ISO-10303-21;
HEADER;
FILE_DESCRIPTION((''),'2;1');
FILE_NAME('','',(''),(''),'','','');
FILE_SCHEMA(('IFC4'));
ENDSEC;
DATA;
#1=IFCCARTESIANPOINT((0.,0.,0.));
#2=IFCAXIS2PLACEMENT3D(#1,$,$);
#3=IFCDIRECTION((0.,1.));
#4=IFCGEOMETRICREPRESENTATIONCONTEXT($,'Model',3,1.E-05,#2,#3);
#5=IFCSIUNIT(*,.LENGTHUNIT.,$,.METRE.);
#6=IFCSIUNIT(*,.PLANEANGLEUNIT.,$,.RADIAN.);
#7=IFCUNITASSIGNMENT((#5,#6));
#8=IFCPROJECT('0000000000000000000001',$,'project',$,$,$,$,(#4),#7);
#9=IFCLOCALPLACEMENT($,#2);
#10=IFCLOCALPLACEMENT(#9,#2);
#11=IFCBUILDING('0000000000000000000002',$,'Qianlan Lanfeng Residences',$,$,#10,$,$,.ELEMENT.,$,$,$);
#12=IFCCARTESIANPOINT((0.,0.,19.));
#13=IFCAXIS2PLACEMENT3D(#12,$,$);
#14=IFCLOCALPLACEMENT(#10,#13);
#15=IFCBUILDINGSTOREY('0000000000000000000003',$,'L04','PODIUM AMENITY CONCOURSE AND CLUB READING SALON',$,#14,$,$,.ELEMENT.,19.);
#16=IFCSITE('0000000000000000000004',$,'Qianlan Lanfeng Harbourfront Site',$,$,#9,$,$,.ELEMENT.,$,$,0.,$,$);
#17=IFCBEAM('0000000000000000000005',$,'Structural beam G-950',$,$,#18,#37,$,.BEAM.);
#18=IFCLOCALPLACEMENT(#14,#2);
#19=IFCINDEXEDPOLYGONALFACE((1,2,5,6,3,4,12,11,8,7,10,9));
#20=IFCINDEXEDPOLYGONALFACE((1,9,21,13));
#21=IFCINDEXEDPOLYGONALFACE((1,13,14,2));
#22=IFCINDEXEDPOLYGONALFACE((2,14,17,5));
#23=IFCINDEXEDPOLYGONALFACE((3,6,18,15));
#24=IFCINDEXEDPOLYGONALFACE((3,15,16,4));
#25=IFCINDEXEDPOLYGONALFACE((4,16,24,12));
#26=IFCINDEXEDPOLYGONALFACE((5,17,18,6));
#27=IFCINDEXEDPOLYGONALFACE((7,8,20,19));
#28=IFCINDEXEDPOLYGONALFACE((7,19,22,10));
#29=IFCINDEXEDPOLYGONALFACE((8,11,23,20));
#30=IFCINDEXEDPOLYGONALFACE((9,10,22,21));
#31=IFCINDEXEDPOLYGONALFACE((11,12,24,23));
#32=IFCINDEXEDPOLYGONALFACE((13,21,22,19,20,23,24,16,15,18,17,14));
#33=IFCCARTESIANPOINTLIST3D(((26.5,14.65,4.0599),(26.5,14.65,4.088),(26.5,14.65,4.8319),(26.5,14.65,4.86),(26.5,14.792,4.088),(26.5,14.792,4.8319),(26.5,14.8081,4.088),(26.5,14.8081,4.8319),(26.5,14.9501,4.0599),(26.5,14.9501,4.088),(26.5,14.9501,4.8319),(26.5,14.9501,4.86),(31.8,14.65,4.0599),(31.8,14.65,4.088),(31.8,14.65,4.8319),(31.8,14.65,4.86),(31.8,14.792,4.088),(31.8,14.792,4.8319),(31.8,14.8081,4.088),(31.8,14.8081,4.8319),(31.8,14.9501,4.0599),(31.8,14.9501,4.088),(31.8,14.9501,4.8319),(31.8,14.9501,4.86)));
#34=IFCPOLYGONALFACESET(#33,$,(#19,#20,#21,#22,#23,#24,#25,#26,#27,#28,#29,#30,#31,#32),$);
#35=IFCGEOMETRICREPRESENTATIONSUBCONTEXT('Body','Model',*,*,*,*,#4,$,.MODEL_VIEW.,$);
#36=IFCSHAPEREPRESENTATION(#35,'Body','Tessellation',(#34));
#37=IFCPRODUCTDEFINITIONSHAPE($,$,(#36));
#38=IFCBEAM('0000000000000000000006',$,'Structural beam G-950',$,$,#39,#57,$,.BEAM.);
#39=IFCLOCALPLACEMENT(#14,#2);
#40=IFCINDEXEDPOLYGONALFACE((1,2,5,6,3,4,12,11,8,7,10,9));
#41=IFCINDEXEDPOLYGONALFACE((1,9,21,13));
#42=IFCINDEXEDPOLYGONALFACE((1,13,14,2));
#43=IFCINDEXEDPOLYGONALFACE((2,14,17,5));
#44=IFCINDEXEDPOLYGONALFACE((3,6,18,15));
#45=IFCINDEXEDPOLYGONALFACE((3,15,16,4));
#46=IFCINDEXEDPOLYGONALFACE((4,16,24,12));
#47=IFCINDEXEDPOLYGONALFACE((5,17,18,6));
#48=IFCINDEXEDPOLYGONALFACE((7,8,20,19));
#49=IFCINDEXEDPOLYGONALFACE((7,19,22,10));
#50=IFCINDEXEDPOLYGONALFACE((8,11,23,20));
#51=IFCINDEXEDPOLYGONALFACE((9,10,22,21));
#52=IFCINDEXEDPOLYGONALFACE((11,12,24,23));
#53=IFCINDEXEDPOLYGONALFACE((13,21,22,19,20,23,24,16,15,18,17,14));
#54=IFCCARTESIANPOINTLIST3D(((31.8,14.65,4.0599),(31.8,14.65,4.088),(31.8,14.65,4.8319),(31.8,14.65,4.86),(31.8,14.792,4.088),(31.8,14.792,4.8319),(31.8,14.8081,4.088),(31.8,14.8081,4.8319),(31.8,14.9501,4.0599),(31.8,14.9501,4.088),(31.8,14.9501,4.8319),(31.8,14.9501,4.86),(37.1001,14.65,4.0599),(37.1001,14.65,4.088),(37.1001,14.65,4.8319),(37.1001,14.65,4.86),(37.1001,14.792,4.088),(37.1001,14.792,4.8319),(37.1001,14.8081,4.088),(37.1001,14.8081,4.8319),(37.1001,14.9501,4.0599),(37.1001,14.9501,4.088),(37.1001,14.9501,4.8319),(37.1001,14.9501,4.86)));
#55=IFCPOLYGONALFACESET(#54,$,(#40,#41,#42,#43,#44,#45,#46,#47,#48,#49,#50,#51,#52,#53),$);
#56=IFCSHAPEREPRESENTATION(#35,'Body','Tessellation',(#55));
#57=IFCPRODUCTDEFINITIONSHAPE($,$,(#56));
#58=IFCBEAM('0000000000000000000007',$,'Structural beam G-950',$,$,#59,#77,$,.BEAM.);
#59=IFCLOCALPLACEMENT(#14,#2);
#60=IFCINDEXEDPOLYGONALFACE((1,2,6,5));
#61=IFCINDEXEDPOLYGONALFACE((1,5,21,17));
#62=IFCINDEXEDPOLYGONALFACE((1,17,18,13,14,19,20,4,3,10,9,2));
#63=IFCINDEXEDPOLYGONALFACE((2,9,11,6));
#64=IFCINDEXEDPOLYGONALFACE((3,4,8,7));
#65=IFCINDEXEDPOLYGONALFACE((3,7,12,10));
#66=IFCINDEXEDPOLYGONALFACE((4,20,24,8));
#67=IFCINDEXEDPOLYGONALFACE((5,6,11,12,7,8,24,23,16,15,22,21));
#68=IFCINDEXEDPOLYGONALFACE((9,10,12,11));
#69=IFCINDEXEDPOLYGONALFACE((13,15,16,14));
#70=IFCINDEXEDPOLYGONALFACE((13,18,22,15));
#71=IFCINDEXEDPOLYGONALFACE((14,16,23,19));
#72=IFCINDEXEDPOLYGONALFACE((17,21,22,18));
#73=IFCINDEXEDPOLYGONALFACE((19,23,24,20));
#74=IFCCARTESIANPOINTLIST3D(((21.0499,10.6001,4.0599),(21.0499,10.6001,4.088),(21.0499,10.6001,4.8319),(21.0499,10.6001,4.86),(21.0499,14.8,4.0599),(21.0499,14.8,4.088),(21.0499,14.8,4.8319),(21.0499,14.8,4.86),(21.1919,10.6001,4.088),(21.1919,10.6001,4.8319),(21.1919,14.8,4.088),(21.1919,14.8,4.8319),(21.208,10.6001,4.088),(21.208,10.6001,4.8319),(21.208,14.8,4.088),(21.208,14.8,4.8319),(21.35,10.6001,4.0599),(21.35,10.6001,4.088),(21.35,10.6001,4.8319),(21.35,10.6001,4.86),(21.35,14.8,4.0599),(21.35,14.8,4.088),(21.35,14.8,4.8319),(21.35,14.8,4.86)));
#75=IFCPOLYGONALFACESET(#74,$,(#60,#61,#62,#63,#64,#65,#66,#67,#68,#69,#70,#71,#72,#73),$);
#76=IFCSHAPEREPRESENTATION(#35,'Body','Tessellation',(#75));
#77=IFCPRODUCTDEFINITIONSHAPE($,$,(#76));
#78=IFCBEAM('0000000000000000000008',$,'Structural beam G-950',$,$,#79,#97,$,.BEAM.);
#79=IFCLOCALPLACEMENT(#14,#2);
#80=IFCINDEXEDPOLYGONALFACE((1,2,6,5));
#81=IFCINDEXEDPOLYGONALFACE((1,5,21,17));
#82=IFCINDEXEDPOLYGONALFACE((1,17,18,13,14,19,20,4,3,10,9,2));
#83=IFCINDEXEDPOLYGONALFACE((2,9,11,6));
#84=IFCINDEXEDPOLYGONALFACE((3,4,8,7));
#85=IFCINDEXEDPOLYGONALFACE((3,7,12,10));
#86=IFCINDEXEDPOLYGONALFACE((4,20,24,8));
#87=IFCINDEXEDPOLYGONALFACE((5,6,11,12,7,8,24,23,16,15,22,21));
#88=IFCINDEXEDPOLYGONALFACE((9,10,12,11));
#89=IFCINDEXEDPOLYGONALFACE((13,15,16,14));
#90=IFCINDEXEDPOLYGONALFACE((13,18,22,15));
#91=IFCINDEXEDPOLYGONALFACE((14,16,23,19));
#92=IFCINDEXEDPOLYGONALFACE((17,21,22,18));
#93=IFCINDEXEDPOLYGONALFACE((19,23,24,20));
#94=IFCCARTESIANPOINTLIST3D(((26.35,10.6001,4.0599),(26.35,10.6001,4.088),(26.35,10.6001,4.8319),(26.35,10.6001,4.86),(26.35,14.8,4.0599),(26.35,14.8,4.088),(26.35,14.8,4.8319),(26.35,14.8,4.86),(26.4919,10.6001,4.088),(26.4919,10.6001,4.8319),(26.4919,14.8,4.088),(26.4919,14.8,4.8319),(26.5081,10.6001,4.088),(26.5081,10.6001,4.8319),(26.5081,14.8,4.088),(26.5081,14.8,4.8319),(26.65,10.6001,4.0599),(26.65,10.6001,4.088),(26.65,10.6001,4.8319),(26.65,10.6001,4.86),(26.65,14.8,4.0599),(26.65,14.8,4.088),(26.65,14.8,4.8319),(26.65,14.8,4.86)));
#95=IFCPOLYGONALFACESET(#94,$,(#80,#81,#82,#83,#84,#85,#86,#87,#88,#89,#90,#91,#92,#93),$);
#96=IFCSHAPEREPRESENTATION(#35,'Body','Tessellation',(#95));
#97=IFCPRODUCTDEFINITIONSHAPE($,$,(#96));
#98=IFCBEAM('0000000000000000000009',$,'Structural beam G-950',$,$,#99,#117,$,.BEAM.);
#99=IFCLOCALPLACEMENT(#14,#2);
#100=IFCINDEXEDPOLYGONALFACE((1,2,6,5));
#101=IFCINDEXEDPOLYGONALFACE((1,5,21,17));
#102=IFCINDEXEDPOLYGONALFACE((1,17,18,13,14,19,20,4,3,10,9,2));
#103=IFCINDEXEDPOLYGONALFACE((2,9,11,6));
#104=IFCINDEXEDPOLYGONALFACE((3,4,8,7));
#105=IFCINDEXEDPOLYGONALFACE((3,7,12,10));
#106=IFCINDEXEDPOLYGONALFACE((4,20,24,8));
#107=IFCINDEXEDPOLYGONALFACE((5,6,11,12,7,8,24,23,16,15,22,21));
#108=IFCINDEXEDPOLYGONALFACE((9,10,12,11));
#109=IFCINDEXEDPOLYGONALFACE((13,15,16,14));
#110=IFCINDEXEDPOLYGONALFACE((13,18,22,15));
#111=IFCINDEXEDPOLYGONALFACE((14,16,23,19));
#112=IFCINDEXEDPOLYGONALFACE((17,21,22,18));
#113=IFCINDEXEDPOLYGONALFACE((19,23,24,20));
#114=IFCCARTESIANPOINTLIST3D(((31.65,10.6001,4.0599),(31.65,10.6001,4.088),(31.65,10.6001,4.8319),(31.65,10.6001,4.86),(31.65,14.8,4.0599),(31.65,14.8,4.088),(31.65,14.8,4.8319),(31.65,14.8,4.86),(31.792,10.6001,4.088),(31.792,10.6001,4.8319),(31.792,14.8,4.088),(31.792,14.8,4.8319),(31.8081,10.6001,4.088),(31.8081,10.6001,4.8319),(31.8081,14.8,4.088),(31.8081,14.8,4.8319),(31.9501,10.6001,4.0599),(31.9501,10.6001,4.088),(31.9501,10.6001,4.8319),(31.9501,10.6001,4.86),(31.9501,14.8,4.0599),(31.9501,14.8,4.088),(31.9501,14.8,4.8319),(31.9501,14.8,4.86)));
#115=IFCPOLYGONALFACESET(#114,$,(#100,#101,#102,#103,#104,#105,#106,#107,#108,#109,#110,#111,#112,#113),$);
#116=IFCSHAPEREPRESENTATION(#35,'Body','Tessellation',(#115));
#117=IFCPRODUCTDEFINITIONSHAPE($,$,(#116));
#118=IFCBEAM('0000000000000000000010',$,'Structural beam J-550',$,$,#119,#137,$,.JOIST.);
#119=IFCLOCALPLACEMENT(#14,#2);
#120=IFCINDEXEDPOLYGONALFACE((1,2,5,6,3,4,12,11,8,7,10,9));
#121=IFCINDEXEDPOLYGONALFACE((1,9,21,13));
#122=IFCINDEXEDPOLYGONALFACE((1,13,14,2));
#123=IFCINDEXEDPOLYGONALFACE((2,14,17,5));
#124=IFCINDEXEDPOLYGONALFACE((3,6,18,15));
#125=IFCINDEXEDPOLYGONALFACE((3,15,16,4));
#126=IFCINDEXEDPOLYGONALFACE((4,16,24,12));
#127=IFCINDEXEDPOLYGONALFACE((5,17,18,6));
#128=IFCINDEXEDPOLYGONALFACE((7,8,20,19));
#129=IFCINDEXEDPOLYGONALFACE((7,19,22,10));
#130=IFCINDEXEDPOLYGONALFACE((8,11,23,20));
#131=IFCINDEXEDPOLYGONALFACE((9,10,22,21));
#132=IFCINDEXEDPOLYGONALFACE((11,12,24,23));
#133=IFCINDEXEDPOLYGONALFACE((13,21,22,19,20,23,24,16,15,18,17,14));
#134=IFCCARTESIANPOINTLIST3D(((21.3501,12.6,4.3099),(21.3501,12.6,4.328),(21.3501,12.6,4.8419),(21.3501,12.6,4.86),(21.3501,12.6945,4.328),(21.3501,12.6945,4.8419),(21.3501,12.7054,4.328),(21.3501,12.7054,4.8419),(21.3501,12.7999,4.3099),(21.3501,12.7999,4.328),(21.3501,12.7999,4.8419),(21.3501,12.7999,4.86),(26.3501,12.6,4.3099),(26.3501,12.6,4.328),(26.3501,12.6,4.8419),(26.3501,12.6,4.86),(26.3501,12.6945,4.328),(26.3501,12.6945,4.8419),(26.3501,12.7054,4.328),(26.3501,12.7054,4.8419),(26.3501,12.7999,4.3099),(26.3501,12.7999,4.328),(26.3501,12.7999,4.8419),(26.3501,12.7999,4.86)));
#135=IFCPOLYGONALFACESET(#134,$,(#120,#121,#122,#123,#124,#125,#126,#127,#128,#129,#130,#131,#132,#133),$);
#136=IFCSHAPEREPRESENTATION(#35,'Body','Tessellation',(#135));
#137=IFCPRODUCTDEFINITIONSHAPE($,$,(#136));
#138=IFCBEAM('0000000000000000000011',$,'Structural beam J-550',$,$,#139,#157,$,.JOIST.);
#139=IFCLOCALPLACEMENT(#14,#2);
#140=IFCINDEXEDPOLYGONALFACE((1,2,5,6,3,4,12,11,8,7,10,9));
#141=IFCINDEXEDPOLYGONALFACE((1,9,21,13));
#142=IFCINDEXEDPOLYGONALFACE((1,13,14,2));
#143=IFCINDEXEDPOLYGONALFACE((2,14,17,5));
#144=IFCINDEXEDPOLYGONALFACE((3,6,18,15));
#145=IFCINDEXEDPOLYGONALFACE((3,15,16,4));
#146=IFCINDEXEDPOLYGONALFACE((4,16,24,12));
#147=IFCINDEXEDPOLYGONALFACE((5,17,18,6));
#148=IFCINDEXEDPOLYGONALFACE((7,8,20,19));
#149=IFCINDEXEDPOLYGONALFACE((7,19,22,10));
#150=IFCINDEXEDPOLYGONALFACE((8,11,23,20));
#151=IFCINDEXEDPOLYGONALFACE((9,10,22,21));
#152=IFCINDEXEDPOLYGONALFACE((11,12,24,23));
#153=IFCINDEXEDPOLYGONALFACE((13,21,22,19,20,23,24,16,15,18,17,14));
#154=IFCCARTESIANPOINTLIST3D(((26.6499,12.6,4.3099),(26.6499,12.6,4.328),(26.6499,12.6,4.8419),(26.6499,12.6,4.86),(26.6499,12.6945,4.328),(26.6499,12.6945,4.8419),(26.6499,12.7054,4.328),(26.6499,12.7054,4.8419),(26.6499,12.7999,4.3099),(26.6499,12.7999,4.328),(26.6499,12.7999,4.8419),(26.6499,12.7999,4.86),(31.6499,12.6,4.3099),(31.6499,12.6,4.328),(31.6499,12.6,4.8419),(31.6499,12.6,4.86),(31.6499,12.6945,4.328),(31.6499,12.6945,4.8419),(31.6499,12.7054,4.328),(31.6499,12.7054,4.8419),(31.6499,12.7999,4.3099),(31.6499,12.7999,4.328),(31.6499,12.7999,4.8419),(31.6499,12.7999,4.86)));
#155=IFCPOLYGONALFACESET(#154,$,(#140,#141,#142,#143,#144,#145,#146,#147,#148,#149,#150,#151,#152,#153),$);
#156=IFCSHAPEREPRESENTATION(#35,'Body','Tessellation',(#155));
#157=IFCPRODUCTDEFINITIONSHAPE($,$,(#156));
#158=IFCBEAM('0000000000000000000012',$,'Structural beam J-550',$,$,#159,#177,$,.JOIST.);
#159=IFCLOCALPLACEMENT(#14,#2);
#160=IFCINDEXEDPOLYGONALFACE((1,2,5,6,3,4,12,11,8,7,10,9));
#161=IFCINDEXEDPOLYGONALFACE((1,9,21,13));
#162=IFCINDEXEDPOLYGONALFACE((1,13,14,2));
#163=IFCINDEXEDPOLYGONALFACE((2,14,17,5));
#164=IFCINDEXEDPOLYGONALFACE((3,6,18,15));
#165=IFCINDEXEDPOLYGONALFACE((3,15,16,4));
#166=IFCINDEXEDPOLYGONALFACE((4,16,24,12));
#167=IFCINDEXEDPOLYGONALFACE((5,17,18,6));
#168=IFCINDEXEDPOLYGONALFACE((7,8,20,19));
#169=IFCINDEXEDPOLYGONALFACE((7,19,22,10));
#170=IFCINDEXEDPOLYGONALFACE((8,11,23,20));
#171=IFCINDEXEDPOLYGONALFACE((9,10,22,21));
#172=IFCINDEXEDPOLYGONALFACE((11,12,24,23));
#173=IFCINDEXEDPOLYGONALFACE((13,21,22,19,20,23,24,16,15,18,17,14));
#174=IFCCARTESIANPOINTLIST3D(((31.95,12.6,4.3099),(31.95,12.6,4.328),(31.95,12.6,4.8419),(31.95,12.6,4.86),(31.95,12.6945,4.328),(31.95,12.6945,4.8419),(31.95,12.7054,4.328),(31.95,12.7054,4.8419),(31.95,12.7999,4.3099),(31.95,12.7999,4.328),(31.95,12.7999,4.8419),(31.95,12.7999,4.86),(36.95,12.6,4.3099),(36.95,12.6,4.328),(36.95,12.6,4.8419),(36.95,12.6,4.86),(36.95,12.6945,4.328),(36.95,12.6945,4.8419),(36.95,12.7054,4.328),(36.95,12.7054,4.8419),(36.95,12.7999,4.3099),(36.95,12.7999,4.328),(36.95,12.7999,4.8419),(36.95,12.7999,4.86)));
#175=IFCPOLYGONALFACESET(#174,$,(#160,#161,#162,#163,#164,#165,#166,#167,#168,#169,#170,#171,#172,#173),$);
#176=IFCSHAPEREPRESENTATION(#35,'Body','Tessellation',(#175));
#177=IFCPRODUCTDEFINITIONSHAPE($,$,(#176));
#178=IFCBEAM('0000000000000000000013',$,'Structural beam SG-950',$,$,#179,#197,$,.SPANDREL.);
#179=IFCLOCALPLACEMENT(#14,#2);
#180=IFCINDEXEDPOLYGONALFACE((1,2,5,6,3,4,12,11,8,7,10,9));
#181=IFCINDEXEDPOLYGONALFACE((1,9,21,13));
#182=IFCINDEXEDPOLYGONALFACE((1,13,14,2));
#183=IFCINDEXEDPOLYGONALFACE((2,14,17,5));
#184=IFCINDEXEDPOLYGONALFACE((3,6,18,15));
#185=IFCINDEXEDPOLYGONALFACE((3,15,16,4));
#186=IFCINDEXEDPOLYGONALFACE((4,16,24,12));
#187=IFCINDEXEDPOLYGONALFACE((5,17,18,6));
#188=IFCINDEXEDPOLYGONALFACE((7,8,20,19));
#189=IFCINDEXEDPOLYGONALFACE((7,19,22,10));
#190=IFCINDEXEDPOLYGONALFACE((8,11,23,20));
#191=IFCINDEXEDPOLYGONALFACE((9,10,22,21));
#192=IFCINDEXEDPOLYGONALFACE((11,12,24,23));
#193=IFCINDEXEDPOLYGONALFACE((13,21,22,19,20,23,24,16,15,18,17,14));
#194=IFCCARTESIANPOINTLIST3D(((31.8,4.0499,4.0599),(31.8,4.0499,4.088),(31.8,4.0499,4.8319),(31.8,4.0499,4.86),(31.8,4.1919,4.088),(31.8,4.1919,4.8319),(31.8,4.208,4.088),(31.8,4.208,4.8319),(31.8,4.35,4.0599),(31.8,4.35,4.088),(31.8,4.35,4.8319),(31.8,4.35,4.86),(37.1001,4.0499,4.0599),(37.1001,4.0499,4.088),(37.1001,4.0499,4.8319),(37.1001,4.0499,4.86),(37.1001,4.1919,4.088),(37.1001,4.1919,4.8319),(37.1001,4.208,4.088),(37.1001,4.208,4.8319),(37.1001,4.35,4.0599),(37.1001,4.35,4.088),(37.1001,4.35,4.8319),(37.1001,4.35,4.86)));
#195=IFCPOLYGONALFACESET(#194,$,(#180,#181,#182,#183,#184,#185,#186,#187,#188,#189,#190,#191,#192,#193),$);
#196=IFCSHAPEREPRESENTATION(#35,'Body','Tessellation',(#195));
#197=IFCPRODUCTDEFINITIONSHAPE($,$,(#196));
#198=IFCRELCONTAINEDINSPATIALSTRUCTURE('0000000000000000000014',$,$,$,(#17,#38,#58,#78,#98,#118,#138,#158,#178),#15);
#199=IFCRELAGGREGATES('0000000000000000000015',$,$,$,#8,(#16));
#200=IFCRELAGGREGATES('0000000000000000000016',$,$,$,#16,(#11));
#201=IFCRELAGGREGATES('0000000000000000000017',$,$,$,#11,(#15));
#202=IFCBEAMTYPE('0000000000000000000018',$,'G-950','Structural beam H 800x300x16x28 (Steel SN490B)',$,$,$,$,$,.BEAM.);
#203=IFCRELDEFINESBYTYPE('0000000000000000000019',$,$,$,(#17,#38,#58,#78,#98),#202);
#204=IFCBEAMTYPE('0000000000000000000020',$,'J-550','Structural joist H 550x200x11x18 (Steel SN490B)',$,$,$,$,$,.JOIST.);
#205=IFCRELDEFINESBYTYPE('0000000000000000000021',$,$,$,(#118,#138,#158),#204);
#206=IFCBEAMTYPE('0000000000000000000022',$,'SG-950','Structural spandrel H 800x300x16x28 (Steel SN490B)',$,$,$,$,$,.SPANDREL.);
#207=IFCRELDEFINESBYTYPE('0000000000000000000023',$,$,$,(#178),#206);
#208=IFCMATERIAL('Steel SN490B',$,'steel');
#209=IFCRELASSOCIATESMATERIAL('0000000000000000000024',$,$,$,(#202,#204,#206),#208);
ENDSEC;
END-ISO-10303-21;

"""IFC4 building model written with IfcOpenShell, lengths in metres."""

from ifc_helpers import new_model, si_unit, direction, frame, origin, origin_2d, place, context, subcontext, project, spatial, i_section, extrude, material, material_profile, profile_set, type_object, element, save


model = new_model("IFC4")

# Units and contexts
model_context = context("Model", 3, precision=1e-05, world=origin(), true_north=direction((0.0, 1.0)))
body_context = subcontext(model_context, "Body", "Model", "MODEL_VIEW")
ifc_project = project(units=[si_unit("LENGTHUNIT", "METRE"), si_unit("PLANEANGLEUNIT", "RADIAN")], contexts=[model_context])

# Site, building, storey
site_placement = place(None, origin())
site = spatial("IfcSite", under=ifc_project, at=site_placement, Name="Qianlan Lanfeng Harbourfront Site", CompositionType="ELEMENT", RefElevation=0.0)
building_placement = place(site_placement, origin())
building = spatial("IfcBuilding", under=site, at=building_placement, Name="Qianlan Lanfeng Residences", CompositionType="ELEMENT")
storey_placement = place(building_placement, frame((0.0, 0.0, 19.0)))
storey = spatial("IfcBuildingStorey", under=building, at=storey_placement, Name="L04", Description="PODIUM AMENITY CONCOURSE AND CLUB READING SALON", CompositionType="ELEMENT", Elevation=19.0)

# Beams
ifc_material_1 = material(Name="Steel SN490B", Category="steel")
ifc_material_profile_1 = material_profile(ifc_material_1, i_section(OverallWidth=0.3, OverallDepth=0.8, WebThickness=0.0161, FlangeThickness=0.0281, at=origin_2d()), Name="H 800x300x16x28")
ifc_profile_set_1 = profile_set([ifc_material_profile_1], Name="Steel SN490B")
beam_type_1 = type_object("IfcBeamType", Name="G-950", Description="Structural beam H 800x300x16x28 (Steel SN490B)", PredefinedType="BEAM", material=ifc_profile_set_1)
for number, where, z_axis, x_axis, name in (
    (1, (26.5, 14.8, 4.46), (1.0, 0.0, 0.0), (0.0, 1.0, 0.0), "Structural beam G-950"),
    (2, (31.8, 14.8, 4.46), (1.0, 0.0, 0.0), (0.0, 1.0, 0.0), "Structural beam G-950"),
):
    element("IfcBeam", number, at=place(storey_placement, frame(where, z_axis=z_axis, x_axis=x_axis)), inside=storey, type_object=beam_type_1, Name=name, PredefinedType="BEAM", context=body_context, shape_type="SweptSolid", body=[
        extrude(i_section(OverallWidth=0.3, OverallDepth=0.8, WebThickness=0.0161, FlangeThickness=0.0281, at=origin_2d()), origin(), (0.0, 0.0, 1.0), 5.3),
    ])
for number, where, z_axis, x_axis, name in (
    (3, (21.2, 10.6001, 4.46), (0.0, 1.0, 0.0), (-1.0, 0.0, 0.0), "Structural beam G-950"),
    (4, (26.5, 10.6001, 4.46), (0.0, 1.0, 0.0), (-1.0, 0.0, 0.0), "Structural beam G-950"),
    (5, (31.8, 10.6001, 4.46), (0.0, 1.0, 0.0), (-1.0, 0.0, 0.0), "Structural beam G-950"),
):
    element("IfcBeam", number, at=place(storey_placement, frame(where, z_axis=z_axis, x_axis=x_axis)), inside=storey, type_object=beam_type_1, Name=name, PredefinedType="BEAM", context=body_context, shape_type="SweptSolid", body=[
        extrude(i_section(OverallWidth=0.3, OverallDepth=0.8, WebThickness=0.0161, FlangeThickness=0.0281, at=origin_2d()), origin(), (0.0, 0.0, 1.0), 4.2),
    ])
ifc_material_profile_2 = material_profile(ifc_material_1, i_section(OverallWidth=0.2, OverallDepth=0.55, WebThickness=0.011, FlangeThickness=0.0181, at=origin_2d()), Name="H 550x200x11x18")
ifc_profile_set_2 = profile_set([ifc_material_profile_2], Name="Steel SN490B")
beam_type_2 = type_object("IfcBeamType", Name="J-550", Description="Structural joist H 550x200x11x18 (Steel SN490B)", PredefinedType="JOIST", material=ifc_profile_set_2)
for number, where, z_axis, x_axis, name in (
    (6, (21.3501, 12.7, 4.585), (1.0, 0.0, 0.0), (0.0, 1.0, 0.0), "Structural beam J-550"),
    (7, (26.6499, 12.7, 4.585), (1.0, 0.0, 0.0), (0.0, 1.0, 0.0), "Structural beam J-550"),
    (8, (31.95, 12.7, 4.585), (1.0, 0.0, 0.0), (0.0, 1.0, 0.0), "Structural beam J-550"),
):
    element("IfcBeam", number, at=place(storey_placement, frame(where, z_axis=z_axis, x_axis=x_axis)), inside=storey, type_object=beam_type_2, Name=name, PredefinedType="JOIST", context=body_context, shape_type="SweptSolid", body=[
        extrude(i_section(OverallWidth=0.2, OverallDepth=0.55, WebThickness=0.011, FlangeThickness=0.0181, at=origin_2d()), origin(), (0.0, 0.0, 1.0), 5.0),
    ])
ifc_material_profile_3 = material_profile(ifc_material_1, i_section(OverallWidth=0.3, OverallDepth=0.8, WebThickness=0.0161, FlangeThickness=0.0281, at=origin_2d()), Name="H 800x300x16x28")
ifc_profile_set_3 = profile_set([ifc_material_profile_3], Name="Steel SN490B")
beam_type_3 = type_object("IfcBeamType", Name="SG-950", Description="Structural spandrel H 800x300x16x28 (Steel SN490B)", PredefinedType="SPANDREL", material=ifc_profile_set_3)
beam_1_placement = place(storey_placement, frame((31.8, 4.2, 4.46), z_axis=(1.0, 0.0, 0.0), x_axis=(0.0, 1.0, 0.0)))
element("IfcBeam", 9, at=beam_1_placement, inside=storey, type_object=beam_type_3, Name="Structural beam SG-950", PredefinedType="SPANDREL", context=body_context, shape_type="SweptSolid", body=[
    extrude(i_section(OverallWidth=0.3, OverallDepth=0.8, WebThickness=0.0161, FlangeThickness=0.0281, at=origin_2d()), origin(), (0.0, 0.0, 1.0), 5.3),
])

save(model, "model.ifc")
